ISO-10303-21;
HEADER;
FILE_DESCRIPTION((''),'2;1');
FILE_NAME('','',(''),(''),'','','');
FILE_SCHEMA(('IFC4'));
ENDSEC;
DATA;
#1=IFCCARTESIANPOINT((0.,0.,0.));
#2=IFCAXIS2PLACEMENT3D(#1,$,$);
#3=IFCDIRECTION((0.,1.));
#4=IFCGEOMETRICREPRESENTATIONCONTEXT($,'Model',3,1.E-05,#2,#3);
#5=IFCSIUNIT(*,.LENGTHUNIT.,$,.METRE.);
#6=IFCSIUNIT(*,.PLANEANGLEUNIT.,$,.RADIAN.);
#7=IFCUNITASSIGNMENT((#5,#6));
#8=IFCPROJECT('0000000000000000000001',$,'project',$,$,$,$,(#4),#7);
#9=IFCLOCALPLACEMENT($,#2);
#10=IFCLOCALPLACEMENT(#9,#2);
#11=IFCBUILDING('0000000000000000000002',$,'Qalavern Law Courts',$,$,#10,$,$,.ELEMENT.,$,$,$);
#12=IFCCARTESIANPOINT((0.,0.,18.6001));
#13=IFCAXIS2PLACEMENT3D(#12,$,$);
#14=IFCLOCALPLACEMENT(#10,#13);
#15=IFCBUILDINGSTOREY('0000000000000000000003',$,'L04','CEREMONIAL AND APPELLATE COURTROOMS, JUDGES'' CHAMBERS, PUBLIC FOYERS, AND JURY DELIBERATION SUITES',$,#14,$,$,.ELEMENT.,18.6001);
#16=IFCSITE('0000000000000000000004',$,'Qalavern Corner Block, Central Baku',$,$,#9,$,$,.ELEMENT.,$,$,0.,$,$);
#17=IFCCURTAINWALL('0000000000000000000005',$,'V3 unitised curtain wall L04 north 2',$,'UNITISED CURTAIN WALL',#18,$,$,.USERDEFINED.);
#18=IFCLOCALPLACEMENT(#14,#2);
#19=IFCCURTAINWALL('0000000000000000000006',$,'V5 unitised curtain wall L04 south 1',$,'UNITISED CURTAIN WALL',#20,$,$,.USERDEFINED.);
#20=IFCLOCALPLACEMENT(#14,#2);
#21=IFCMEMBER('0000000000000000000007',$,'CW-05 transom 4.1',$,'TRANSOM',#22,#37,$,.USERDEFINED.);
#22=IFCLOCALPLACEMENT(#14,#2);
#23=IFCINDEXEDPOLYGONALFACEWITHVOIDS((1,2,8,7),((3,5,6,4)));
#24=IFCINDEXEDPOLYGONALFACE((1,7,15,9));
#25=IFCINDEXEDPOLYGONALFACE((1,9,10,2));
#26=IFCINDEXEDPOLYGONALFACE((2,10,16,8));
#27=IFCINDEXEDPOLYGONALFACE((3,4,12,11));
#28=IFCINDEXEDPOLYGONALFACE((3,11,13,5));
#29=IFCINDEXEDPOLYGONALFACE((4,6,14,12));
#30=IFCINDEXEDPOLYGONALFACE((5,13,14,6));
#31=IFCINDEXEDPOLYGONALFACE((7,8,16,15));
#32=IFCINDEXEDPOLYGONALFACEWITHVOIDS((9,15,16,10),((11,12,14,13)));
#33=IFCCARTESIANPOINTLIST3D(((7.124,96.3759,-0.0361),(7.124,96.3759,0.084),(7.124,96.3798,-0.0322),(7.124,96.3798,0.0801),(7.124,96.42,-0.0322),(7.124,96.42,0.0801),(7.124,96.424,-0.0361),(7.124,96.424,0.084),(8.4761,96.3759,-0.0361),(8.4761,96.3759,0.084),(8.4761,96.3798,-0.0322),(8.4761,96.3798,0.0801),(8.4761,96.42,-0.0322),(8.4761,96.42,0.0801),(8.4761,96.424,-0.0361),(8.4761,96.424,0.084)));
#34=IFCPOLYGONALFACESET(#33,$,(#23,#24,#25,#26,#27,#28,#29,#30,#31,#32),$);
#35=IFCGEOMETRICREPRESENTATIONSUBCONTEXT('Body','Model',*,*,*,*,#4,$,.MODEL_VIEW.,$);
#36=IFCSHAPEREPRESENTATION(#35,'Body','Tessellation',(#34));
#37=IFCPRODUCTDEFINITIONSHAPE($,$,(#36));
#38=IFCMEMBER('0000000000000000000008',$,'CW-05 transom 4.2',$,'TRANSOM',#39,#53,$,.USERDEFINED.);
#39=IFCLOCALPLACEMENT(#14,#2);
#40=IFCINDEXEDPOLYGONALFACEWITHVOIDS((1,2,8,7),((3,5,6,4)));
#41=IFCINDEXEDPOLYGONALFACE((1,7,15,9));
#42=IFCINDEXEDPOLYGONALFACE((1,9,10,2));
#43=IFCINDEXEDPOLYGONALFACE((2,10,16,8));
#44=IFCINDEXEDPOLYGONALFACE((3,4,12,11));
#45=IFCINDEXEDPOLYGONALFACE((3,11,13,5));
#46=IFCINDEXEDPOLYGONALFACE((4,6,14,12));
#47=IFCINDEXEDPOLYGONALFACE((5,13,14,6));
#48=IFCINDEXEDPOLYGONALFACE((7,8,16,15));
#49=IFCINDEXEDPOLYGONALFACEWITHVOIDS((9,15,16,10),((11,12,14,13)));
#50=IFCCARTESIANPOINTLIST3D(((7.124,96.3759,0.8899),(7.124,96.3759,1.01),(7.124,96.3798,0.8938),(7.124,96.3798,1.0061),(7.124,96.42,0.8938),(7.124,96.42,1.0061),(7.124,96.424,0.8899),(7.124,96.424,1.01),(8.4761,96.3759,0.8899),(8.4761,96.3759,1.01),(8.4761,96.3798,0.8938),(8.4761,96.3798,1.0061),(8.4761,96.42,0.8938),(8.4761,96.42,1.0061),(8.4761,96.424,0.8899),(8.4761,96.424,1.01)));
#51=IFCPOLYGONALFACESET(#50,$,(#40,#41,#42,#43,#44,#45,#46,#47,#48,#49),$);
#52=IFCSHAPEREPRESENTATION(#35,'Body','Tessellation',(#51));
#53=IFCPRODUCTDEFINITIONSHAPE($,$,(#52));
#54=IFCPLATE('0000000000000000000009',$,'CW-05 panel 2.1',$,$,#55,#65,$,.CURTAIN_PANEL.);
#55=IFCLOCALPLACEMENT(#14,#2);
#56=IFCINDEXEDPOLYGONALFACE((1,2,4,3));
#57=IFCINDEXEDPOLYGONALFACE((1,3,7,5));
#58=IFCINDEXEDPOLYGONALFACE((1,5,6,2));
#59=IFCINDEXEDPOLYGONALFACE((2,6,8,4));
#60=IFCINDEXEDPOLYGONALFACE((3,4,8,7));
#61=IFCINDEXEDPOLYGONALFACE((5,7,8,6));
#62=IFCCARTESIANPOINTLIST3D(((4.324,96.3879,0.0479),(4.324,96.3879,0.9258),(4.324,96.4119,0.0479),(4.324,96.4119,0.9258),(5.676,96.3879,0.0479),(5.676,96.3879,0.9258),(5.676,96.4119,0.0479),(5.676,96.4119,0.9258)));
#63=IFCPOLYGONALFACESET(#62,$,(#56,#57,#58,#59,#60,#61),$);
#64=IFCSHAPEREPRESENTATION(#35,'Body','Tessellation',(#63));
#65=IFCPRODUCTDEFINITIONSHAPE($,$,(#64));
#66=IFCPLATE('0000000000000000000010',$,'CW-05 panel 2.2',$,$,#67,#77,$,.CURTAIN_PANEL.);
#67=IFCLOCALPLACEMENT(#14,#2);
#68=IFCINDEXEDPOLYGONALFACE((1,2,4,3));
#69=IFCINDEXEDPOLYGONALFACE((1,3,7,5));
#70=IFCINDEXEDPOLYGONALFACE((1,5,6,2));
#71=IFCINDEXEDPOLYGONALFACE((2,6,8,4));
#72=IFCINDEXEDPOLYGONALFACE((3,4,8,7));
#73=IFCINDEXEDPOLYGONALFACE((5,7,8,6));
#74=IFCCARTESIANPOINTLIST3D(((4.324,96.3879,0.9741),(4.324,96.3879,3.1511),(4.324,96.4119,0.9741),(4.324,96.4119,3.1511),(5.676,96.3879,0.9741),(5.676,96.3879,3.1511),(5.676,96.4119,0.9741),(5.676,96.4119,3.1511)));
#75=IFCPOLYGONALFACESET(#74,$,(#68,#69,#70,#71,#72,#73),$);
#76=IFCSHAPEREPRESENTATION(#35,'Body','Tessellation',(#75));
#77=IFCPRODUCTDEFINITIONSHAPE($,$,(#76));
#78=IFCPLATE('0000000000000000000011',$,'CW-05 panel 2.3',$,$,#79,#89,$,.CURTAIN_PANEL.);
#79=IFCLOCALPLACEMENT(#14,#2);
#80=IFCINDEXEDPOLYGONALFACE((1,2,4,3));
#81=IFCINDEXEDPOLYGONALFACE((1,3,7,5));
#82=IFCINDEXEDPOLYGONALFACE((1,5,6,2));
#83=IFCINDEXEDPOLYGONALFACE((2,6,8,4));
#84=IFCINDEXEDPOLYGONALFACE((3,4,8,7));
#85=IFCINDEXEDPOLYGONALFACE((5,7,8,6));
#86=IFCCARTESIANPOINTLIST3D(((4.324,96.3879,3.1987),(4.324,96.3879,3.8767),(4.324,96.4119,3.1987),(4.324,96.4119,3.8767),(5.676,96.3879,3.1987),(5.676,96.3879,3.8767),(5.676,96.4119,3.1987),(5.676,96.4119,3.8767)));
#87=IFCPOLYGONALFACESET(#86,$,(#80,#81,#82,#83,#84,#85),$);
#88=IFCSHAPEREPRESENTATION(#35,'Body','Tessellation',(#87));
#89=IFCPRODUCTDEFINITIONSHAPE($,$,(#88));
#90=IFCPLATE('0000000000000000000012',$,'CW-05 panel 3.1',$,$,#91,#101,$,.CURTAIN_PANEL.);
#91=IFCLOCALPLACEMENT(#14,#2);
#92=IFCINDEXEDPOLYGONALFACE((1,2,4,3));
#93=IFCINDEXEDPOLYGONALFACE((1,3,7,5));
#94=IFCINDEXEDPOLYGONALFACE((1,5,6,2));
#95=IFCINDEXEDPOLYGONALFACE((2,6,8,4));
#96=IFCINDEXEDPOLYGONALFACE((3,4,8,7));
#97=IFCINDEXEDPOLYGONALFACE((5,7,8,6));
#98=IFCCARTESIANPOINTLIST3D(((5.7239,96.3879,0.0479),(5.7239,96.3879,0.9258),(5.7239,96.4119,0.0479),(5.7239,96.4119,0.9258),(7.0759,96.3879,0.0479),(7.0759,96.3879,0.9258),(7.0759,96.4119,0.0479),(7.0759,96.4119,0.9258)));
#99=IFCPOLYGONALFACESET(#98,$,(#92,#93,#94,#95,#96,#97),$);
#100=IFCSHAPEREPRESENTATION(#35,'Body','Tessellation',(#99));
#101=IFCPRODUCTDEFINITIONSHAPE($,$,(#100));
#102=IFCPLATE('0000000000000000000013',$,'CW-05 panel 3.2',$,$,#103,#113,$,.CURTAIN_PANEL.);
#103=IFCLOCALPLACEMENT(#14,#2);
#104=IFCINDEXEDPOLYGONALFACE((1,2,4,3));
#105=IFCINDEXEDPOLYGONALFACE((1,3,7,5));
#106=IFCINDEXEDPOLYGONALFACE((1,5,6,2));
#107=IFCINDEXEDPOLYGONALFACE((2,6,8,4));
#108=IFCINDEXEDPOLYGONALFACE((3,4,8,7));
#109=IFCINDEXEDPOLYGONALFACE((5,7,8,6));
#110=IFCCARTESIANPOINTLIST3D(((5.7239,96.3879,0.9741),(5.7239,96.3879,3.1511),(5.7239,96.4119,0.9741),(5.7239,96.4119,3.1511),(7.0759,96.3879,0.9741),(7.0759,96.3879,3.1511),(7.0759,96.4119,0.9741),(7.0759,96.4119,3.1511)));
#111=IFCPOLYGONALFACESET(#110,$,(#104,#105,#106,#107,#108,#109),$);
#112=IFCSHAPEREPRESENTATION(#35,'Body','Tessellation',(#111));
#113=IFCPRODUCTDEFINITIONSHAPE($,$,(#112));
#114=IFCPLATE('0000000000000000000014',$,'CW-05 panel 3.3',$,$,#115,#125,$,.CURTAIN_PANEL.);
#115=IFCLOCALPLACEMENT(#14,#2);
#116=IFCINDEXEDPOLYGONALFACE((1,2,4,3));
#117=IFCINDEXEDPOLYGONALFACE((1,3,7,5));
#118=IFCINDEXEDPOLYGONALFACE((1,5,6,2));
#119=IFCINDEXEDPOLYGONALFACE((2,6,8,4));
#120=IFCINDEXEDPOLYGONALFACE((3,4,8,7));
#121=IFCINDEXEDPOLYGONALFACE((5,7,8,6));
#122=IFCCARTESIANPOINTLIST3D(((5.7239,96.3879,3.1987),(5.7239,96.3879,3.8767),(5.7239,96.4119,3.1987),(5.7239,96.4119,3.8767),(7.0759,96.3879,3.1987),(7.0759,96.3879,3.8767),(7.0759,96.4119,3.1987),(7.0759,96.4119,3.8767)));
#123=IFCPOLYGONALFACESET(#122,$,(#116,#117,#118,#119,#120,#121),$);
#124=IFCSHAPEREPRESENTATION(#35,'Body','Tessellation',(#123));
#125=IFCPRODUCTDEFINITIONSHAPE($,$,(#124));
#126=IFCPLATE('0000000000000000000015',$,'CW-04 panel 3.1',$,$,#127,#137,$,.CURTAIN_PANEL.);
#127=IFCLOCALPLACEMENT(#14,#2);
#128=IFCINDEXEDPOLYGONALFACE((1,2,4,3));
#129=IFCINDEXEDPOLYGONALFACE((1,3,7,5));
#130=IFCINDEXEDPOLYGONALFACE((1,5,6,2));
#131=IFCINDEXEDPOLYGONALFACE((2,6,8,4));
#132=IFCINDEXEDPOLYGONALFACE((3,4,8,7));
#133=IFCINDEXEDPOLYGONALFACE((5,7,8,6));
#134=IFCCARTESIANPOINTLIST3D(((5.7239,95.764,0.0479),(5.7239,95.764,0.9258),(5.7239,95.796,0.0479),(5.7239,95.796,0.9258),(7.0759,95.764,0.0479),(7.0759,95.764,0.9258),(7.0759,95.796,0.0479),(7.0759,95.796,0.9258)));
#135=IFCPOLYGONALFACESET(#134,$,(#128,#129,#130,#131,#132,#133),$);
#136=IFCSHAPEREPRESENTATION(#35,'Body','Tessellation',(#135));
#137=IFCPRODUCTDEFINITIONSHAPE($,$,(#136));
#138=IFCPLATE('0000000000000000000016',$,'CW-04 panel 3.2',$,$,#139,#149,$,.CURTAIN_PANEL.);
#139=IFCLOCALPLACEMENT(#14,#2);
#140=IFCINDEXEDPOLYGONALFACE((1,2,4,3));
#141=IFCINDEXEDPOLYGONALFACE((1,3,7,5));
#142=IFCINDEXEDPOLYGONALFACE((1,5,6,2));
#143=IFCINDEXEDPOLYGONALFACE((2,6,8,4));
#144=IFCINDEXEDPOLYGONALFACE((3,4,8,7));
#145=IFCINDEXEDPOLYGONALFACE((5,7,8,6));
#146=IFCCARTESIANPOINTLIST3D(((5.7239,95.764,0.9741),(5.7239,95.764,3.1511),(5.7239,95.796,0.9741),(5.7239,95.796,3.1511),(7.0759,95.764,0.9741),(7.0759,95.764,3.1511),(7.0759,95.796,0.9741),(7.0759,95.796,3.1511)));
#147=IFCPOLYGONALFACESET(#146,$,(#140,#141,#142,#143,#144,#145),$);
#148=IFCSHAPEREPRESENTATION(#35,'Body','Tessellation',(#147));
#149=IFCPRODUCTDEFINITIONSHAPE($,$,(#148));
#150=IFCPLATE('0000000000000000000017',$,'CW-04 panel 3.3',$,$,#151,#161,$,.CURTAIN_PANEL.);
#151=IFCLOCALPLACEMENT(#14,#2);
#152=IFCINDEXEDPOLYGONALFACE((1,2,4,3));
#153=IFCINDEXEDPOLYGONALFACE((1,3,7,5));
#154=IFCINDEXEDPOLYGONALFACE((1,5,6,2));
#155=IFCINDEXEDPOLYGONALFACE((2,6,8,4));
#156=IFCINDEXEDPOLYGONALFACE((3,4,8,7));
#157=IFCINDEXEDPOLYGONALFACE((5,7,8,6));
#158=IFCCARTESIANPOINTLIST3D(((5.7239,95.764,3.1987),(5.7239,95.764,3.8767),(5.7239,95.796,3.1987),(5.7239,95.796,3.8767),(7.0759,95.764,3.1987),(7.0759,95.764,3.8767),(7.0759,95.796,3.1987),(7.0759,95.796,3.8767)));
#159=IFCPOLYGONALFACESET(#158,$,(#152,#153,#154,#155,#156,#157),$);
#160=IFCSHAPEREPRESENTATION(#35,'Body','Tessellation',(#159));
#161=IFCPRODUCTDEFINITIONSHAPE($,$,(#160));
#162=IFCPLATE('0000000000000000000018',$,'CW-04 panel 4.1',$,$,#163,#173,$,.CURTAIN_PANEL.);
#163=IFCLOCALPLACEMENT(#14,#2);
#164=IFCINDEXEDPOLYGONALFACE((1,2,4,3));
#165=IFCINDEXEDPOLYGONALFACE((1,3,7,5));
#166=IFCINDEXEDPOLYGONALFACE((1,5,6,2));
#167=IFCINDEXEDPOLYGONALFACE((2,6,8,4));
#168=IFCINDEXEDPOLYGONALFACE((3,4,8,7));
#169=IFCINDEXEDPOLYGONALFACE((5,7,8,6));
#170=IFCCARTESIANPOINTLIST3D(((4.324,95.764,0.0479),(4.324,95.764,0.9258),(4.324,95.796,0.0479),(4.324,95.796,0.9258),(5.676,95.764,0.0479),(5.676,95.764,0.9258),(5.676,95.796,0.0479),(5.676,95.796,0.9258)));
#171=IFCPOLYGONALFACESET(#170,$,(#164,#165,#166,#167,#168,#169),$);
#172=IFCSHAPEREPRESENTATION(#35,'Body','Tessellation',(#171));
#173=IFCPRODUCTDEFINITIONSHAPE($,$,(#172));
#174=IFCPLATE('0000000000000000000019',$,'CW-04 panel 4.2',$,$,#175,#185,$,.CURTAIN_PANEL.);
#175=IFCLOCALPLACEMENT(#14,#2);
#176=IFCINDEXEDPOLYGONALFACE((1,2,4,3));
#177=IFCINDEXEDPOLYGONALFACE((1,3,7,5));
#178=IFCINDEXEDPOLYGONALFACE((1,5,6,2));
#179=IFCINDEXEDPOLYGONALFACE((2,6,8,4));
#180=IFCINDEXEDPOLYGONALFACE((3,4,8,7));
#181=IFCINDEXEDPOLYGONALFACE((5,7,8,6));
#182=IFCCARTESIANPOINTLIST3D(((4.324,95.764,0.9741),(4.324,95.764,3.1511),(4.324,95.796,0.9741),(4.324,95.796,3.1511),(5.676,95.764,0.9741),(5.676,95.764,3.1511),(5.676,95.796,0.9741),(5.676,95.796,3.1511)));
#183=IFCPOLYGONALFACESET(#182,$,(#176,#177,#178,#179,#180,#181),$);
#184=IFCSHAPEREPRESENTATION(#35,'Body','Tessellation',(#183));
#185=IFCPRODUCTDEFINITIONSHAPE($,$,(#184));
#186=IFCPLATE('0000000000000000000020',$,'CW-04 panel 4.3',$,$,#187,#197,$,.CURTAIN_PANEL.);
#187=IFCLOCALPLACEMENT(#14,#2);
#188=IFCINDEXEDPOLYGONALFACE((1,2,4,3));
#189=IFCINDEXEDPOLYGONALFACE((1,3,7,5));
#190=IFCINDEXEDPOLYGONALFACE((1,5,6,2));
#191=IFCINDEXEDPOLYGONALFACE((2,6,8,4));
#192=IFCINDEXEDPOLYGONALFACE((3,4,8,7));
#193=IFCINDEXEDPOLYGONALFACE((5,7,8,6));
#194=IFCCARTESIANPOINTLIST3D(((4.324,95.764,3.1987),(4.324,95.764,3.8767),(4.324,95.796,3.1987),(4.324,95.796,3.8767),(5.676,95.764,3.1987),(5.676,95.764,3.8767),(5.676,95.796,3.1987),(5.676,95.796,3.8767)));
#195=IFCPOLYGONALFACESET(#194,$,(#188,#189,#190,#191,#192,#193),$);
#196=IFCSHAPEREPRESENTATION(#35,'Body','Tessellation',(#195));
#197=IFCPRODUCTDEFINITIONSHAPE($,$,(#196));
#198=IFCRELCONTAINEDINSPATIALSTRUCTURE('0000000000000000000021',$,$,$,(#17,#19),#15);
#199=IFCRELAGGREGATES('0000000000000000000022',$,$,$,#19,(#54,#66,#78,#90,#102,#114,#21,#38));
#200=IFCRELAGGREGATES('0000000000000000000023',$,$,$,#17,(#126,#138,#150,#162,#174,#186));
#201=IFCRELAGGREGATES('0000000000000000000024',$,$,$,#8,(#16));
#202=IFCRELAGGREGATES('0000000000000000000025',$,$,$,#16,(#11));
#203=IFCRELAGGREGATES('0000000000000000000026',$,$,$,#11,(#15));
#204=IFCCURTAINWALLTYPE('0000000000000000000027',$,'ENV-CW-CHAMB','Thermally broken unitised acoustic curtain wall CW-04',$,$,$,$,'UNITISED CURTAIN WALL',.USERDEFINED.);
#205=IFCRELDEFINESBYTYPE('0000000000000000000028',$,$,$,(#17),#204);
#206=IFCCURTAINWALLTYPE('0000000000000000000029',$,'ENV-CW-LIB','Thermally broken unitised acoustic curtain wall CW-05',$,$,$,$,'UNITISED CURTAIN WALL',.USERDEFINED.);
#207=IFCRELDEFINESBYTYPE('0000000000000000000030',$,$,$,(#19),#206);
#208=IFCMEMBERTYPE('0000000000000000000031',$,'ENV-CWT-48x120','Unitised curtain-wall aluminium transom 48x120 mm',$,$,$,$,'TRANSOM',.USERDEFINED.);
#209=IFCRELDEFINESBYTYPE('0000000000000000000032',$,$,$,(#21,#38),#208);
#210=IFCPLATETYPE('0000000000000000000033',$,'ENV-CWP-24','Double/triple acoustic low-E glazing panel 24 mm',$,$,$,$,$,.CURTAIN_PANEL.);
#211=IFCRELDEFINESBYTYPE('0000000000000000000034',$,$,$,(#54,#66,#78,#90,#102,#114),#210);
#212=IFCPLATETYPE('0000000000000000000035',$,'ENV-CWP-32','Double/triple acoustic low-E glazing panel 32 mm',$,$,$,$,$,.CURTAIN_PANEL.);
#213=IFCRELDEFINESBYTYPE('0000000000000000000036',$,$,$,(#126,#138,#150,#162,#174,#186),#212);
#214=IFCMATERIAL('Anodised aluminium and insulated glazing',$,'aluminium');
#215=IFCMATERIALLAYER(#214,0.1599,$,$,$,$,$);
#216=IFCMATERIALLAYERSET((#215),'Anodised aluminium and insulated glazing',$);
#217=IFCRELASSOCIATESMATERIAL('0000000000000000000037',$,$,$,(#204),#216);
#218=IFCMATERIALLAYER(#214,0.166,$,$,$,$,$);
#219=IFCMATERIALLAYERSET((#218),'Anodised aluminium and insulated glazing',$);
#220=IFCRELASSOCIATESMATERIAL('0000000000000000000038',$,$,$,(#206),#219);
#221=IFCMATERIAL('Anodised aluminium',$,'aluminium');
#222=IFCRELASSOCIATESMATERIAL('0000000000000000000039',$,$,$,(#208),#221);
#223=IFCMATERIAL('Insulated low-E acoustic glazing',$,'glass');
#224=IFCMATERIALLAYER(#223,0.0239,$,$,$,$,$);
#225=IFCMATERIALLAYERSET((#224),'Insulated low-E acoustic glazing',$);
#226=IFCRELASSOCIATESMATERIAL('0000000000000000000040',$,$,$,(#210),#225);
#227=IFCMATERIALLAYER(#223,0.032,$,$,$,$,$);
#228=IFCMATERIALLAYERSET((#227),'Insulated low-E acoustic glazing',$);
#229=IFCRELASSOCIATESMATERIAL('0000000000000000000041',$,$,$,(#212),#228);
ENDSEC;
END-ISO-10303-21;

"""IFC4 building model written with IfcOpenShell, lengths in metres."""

from ifc_helpers import new_model, si_unit, direction, frame, origin, origin_2d, place, context, subcontext, project, spatial, rectangle, hollow_rectangle, extrude, material, layer, layer_set, material_profile, profile_set, type_object, element, aggregate, save


model = new_model("IFC4")

# Units and contexts
model_context = context("Model", 3, precision=1e-05, world=origin(), true_north=direction((0.0, 1.0)))
body_context = subcontext(model_context, "Body", "Model", "MODEL_VIEW")
ifc_project = project(units=[si_unit("LENGTHUNIT", "METRE"), si_unit("PLANEANGLEUNIT", "RADIAN")], contexts=[model_context])

# Site, building, storey
site_placement = place(None, origin())
site = spatial("IfcSite", under=ifc_project, at=site_placement, Name="Qalavern Corner Block, Central Baku", CompositionType="ELEMENT", RefElevation=0.0)
building_placement = place(site_placement, origin())
building = spatial("IfcBuilding", under=site, at=building_placement, Name="Qalavern Law Courts", CompositionType="ELEMENT")
storey_placement = place(building_placement, frame((0.0, 0.0, 18.6001)))
storey = spatial("IfcBuildingStorey", under=building, at=storey_placement, Name="L04", Description="CEREMONIAL AND APPELLATE COURTROOMS, JUDGES' CHAMBERS, PUBLIC FOYERS, AND JURY DELIBERATION SUITES", CompositionType="ELEMENT", Elevation=18.6001)

# Curtain walls
ifc_material_1 = material(Name="Anodised aluminium and insulated glazing", Category="aluminium")
ifc_layer_1 = layer(ifc_material_1, 0.1599)
ifc_layer_set_1 = layer_set([ifc_layer_1], Name="Anodised aluminium and insulated glazing")
curtain_wall_type_1 = type_object("IfcCurtainWallType", Name="ENV-CW-CHAMB", Description="Thermally broken unitised acoustic curtain wall CW-04", ElementType="UNITISED CURTAIN WALL", PredefinedType="USERDEFINED", material=ifc_layer_set_1)
curtain_wall_1_placement = place(storey_placement, origin())
curtain_wall_1 = element("IfcCurtainWall", 1, at=curtain_wall_1_placement, inside=storey, type_object=curtain_wall_type_1, Name="V3 unitised curtain wall L04 north 2", ObjectType="UNITISED CURTAIN WALL", PredefinedType="USERDEFINED")
ifc_material_2 = material(Name="Anodised aluminium", Category="aluminium")
ifc_layer_2 = layer(ifc_material_1, 0.166)
ifc_layer_set_2 = layer_set([ifc_layer_2], Name="Anodised aluminium and insulated glazing")
curtain_wall_type_2 = type_object("IfcCurtainWallType", Name="ENV-CW-LIB", Description="Thermally broken unitised acoustic curtain wall CW-05", ElementType="UNITISED CURTAIN WALL", PredefinedType="USERDEFINED", material=ifc_layer_set_2)
curtain_wall_2_placement = place(storey_placement, origin())
curtain_wall_2 = element("IfcCurtainWall", 2, at=curtain_wall_2_placement, inside=storey, type_object=curtain_wall_type_2, Name="V5 unitised curtain wall L04 south 1", ObjectType="UNITISED CURTAIN WALL", PredefinedType="USERDEFINED")

# Members
ifc_material_profile_1 = material_profile(ifc_material_2, hollow_rectangle(XDim=0.0481, YDim=0.1201, WallThickness=0.0039, at=origin_2d()), Name="ALU TRANSOM 48x120")
ifc_profile_set_1 = profile_set([ifc_material_profile_1], Name="Anodised aluminium")
member_type_1 = type_object("IfcMemberType", Name="ENV-CWT-48x120", Description="Unitised curtain-wall aluminium transom 48x120 mm", ElementType="TRANSOM", PredefinedType="USERDEFINED", material=ifc_profile_set_1)
member_1_placement = place(storey_placement, frame((7.124, 96.3999, 0.0239), z_axis=(1.0, 0.0, 0.0), x_axis=(0.0, 1.0, 0.0)))
member_1 = element("IfcMember", 3, at=member_1_placement, type_object=member_type_1, Name="CW-05 transom 4.1", ObjectType="TRANSOM", PredefinedType="USERDEFINED", context=body_context, shape_type="SweptSolid", body=[
    extrude(hollow_rectangle(XDim=0.0481, YDim=0.1201, WallThickness=0.0039, at=origin_2d()), origin(), (0.0, 0.0, 1.0), 1.3521),
])
member_2_placement = place(storey_placement, frame((7.124, 96.3999, 0.95), z_axis=(1.0, 0.0, 0.0), x_axis=(0.0, 1.0, 0.0)))
member_2 = element("IfcMember", 4, at=member_2_placement, type_object=member_type_1, Name="CW-05 transom 4.2", ObjectType="TRANSOM", PredefinedType="USERDEFINED", context=body_context, shape_type="SweptSolid", body=[
    extrude(hollow_rectangle(XDim=0.0481, YDim=0.1201, WallThickness=0.0039, at=origin_2d()), origin(), (0.0, 0.0, 1.0), 1.3521),
])

# Plates
ifc_material_3 = material(Name="Insulated low-E acoustic glazing", Category="glass")
ifc_layer_3 = layer(ifc_material_3, 0.0239)
ifc_layer_set_3 = layer_set([ifc_layer_3], Name="Insulated low-E acoustic glazing")
plate_type_1 = type_object("IfcPlateType", Name="ENV-CWP-24", Description="Double/triple acoustic low-E glazing panel 24 mm", PredefinedType="CURTAIN_PANEL", material=ifc_layer_set_3)
plate_1_placement = place(storey_placement, frame((5.0, 96.3999, 0.0479), z_axis=(0.0, 0.0, 1.0), x_axis=(1.0, 0.0, 0.0)))
plate_1 = element("IfcPlate", 5, at=plate_1_placement, type_object=plate_type_1, Name="CW-05 panel 2.1", PredefinedType="CURTAIN_PANEL", context=body_context, shape_type="SweptSolid", body=[
    extrude(rectangle(XDim=1.3521, YDim=0.0239, at=origin_2d()), origin(), (0.0, 0.0, 1.0), 0.8779),
])
plate_2_placement = place(storey_placement, frame((5.0, 96.3999, 0.9741), z_axis=(0.0, 0.0, 1.0), x_axis=(1.0, 0.0, 0.0)))
plate_2 = element("IfcPlate", 6, at=plate_2_placement, type_object=plate_type_1, Name="CW-05 panel 2.2", PredefinedType="CURTAIN_PANEL", context=body_context, shape_type="SweptSolid", body=[
    extrude(rectangle(XDim=1.3521, YDim=0.0239, at=origin_2d()), origin(), (0.0, 0.0, 1.0), 2.177),
])
plate_3_placement = place(storey_placement, frame((5.0, 96.3999, 3.1987), z_axis=(0.0, 0.0, 1.0), x_axis=(1.0, 0.0, 0.0)))
plate_3 = element("IfcPlate", 7, at=plate_3_placement, type_object=plate_type_1, Name="CW-05 panel 2.3", PredefinedType="CURTAIN_PANEL", context=body_context, shape_type="SweptSolid", body=[
    extrude(rectangle(XDim=1.3521, YDim=0.0239, at=origin_2d()), origin(), (0.0, 0.0, 1.0), 0.678),
])
plate_4_placement = place(storey_placement, frame((6.3999, 96.3999, 0.0479), z_axis=(0.0, 0.0, 1.0), x_axis=(1.0, 0.0, 0.0)))
plate_4 = element("IfcPlate", 8, at=plate_4_placement, type_object=plate_type_1, Name="CW-05 panel 3.1", PredefinedType="CURTAIN_PANEL", context=body_context, shape_type="SweptSolid", body=[
    extrude(rectangle(XDim=1.3521, YDim=0.0239, at=origin_2d()), origin(), (0.0, 0.0, 1.0), 0.8779),
])
plate_5_placement = place(storey_placement, frame((6.3999, 96.3999, 0.9741), z_axis=(0.0, 0.0, 1.0), x_axis=(1.0, 0.0, 0.0)))
plate_5 = element("IfcPlate", 9, at=plate_5_placement, type_object=plate_type_1, Name="CW-05 panel 3.2", PredefinedType="CURTAIN_PANEL", context=body_context, shape_type="SweptSolid", body=[
    extrude(rectangle(XDim=1.3521, YDim=0.0239, at=origin_2d()), origin(), (0.0, 0.0, 1.0), 2.177),
])
plate_6_placement = place(storey_placement, frame((6.3999, 96.3999, 3.1987), z_axis=(0.0, 0.0, 1.0), x_axis=(1.0, 0.0, 0.0)))
plate_6 = element("IfcPlate", 10, at=plate_6_placement, type_object=plate_type_1, Name="CW-05 panel 3.3", PredefinedType="CURTAIN_PANEL", context=body_context, shape_type="SweptSolid", body=[
    extrude(rectangle(XDim=1.3521, YDim=0.0239, at=origin_2d()), origin(), (0.0, 0.0, 1.0), 0.678),
])
aggregate(curtain_wall_2, [plate_1, plate_2, plate_3, plate_4, plate_5, plate_6, member_1, member_2])
ifc_layer_4 = layer(ifc_material_3, 0.032)
ifc_layer_set_4 = layer_set([ifc_layer_4], Name="Insulated low-E acoustic glazing")
plate_type_2 = type_object("IfcPlateType", Name="ENV-CWP-32", Description="Double/triple acoustic low-E glazing panel 32 mm", PredefinedType="CURTAIN_PANEL", material=ifc_layer_set_4)
plate_7_placement = place(storey_placement, frame((6.3999, 95.78, 0.0479), z_axis=(0.0, 0.0, 1.0), x_axis=(-1.0, 0.0, 0.0)))
plate_7 = element("IfcPlate", 11, at=plate_7_placement, type_object=plate_type_2, Name="CW-04 panel 3.1", PredefinedType="CURTAIN_PANEL", context=body_context, shape_type="SweptSolid", body=[
    extrude(rectangle(XDim=1.3521, YDim=0.032, at=origin_2d()), origin(), (0.0, 0.0, 1.0), 0.8779),
])
plate_8_placement = place(storey_placement, frame((6.3999, 95.78, 0.9741), z_axis=(0.0, 0.0, 1.0), x_axis=(-1.0, 0.0, 0.0)))
plate_8 = element("IfcPlate", 12, at=plate_8_placement, type_object=plate_type_2, Name="CW-04 panel 3.2", PredefinedType="CURTAIN_PANEL", context=body_context, shape_type="SweptSolid", body=[
    extrude(rectangle(XDim=1.3521, YDim=0.032, at=origin_2d()), origin(), (0.0, 0.0, 1.0), 2.177),
])
plate_9_placement = place(storey_placement, frame((6.3999, 95.78, 3.1987), z_axis=(0.0, 0.0, 1.0), x_axis=(-1.0, 0.0, 0.0)))
plate_9 = element("IfcPlate", 13, at=plate_9_placement, type_object=plate_type_2, Name="CW-04 panel 3.3", PredefinedType="CURTAIN_PANEL", context=body_context, shape_type="SweptSolid", body=[
    extrude(rectangle(XDim=1.3521, YDim=0.032, at=origin_2d()), origin(), (0.0, 0.0, 1.0), 0.678),
])
plate_10_placement = place(storey_placement, frame((5.0, 95.78, 0.0479), z_axis=(0.0, 0.0, 1.0), x_axis=(-1.0, 0.0, 0.0)))
plate_10 = element("IfcPlate", 14, at=plate_10_placement, type_object=plate_type_2, Name="CW-04 panel 4.1", PredefinedType="CURTAIN_PANEL", context=body_context, shape_type="SweptSolid", body=[
    extrude(rectangle(XDim=1.3521, YDim=0.032, at=origin_2d()), origin(), (0.0, 0.0, 1.0), 0.8779),
])
plate_11_placement = place(storey_placement, frame((5.0, 95.78, 0.9741), z_axis=(0.0, 0.0, 1.0), x_axis=(-1.0, 0.0, 0.0)))
plate_11 = element("IfcPlate", 15, at=plate_11_placement, type_object=plate_type_2, Name="CW-04 panel 4.2", PredefinedType="CURTAIN_PANEL", context=body_context, shape_type="SweptSolid", body=[
    extrude(rectangle(XDim=1.3521, YDim=0.032, at=origin_2d()), origin(), (0.0, 0.0, 1.0), 2.177),
])
plate_12_placement = place(storey_placement, frame((5.0, 95.78, 3.1987), z_axis=(0.0, 0.0, 1.0), x_axis=(-1.0, 0.0, 0.0)))
plate_12 = element("IfcPlate", 16, at=plate_12_placement, type_object=plate_type_2, Name="CW-04 panel 4.3", PredefinedType="CURTAIN_PANEL", context=body_context, shape_type="SweptSolid", body=[
    extrude(rectangle(XDim=1.3521, YDim=0.032, at=origin_2d()), origin(), (0.0, 0.0, 1.0), 0.678),
])
aggregate(curtain_wall_1, [plate_7, plate_8, plate_9, plate_10, plate_11, plate_12])

save(model, "model.ifc")
